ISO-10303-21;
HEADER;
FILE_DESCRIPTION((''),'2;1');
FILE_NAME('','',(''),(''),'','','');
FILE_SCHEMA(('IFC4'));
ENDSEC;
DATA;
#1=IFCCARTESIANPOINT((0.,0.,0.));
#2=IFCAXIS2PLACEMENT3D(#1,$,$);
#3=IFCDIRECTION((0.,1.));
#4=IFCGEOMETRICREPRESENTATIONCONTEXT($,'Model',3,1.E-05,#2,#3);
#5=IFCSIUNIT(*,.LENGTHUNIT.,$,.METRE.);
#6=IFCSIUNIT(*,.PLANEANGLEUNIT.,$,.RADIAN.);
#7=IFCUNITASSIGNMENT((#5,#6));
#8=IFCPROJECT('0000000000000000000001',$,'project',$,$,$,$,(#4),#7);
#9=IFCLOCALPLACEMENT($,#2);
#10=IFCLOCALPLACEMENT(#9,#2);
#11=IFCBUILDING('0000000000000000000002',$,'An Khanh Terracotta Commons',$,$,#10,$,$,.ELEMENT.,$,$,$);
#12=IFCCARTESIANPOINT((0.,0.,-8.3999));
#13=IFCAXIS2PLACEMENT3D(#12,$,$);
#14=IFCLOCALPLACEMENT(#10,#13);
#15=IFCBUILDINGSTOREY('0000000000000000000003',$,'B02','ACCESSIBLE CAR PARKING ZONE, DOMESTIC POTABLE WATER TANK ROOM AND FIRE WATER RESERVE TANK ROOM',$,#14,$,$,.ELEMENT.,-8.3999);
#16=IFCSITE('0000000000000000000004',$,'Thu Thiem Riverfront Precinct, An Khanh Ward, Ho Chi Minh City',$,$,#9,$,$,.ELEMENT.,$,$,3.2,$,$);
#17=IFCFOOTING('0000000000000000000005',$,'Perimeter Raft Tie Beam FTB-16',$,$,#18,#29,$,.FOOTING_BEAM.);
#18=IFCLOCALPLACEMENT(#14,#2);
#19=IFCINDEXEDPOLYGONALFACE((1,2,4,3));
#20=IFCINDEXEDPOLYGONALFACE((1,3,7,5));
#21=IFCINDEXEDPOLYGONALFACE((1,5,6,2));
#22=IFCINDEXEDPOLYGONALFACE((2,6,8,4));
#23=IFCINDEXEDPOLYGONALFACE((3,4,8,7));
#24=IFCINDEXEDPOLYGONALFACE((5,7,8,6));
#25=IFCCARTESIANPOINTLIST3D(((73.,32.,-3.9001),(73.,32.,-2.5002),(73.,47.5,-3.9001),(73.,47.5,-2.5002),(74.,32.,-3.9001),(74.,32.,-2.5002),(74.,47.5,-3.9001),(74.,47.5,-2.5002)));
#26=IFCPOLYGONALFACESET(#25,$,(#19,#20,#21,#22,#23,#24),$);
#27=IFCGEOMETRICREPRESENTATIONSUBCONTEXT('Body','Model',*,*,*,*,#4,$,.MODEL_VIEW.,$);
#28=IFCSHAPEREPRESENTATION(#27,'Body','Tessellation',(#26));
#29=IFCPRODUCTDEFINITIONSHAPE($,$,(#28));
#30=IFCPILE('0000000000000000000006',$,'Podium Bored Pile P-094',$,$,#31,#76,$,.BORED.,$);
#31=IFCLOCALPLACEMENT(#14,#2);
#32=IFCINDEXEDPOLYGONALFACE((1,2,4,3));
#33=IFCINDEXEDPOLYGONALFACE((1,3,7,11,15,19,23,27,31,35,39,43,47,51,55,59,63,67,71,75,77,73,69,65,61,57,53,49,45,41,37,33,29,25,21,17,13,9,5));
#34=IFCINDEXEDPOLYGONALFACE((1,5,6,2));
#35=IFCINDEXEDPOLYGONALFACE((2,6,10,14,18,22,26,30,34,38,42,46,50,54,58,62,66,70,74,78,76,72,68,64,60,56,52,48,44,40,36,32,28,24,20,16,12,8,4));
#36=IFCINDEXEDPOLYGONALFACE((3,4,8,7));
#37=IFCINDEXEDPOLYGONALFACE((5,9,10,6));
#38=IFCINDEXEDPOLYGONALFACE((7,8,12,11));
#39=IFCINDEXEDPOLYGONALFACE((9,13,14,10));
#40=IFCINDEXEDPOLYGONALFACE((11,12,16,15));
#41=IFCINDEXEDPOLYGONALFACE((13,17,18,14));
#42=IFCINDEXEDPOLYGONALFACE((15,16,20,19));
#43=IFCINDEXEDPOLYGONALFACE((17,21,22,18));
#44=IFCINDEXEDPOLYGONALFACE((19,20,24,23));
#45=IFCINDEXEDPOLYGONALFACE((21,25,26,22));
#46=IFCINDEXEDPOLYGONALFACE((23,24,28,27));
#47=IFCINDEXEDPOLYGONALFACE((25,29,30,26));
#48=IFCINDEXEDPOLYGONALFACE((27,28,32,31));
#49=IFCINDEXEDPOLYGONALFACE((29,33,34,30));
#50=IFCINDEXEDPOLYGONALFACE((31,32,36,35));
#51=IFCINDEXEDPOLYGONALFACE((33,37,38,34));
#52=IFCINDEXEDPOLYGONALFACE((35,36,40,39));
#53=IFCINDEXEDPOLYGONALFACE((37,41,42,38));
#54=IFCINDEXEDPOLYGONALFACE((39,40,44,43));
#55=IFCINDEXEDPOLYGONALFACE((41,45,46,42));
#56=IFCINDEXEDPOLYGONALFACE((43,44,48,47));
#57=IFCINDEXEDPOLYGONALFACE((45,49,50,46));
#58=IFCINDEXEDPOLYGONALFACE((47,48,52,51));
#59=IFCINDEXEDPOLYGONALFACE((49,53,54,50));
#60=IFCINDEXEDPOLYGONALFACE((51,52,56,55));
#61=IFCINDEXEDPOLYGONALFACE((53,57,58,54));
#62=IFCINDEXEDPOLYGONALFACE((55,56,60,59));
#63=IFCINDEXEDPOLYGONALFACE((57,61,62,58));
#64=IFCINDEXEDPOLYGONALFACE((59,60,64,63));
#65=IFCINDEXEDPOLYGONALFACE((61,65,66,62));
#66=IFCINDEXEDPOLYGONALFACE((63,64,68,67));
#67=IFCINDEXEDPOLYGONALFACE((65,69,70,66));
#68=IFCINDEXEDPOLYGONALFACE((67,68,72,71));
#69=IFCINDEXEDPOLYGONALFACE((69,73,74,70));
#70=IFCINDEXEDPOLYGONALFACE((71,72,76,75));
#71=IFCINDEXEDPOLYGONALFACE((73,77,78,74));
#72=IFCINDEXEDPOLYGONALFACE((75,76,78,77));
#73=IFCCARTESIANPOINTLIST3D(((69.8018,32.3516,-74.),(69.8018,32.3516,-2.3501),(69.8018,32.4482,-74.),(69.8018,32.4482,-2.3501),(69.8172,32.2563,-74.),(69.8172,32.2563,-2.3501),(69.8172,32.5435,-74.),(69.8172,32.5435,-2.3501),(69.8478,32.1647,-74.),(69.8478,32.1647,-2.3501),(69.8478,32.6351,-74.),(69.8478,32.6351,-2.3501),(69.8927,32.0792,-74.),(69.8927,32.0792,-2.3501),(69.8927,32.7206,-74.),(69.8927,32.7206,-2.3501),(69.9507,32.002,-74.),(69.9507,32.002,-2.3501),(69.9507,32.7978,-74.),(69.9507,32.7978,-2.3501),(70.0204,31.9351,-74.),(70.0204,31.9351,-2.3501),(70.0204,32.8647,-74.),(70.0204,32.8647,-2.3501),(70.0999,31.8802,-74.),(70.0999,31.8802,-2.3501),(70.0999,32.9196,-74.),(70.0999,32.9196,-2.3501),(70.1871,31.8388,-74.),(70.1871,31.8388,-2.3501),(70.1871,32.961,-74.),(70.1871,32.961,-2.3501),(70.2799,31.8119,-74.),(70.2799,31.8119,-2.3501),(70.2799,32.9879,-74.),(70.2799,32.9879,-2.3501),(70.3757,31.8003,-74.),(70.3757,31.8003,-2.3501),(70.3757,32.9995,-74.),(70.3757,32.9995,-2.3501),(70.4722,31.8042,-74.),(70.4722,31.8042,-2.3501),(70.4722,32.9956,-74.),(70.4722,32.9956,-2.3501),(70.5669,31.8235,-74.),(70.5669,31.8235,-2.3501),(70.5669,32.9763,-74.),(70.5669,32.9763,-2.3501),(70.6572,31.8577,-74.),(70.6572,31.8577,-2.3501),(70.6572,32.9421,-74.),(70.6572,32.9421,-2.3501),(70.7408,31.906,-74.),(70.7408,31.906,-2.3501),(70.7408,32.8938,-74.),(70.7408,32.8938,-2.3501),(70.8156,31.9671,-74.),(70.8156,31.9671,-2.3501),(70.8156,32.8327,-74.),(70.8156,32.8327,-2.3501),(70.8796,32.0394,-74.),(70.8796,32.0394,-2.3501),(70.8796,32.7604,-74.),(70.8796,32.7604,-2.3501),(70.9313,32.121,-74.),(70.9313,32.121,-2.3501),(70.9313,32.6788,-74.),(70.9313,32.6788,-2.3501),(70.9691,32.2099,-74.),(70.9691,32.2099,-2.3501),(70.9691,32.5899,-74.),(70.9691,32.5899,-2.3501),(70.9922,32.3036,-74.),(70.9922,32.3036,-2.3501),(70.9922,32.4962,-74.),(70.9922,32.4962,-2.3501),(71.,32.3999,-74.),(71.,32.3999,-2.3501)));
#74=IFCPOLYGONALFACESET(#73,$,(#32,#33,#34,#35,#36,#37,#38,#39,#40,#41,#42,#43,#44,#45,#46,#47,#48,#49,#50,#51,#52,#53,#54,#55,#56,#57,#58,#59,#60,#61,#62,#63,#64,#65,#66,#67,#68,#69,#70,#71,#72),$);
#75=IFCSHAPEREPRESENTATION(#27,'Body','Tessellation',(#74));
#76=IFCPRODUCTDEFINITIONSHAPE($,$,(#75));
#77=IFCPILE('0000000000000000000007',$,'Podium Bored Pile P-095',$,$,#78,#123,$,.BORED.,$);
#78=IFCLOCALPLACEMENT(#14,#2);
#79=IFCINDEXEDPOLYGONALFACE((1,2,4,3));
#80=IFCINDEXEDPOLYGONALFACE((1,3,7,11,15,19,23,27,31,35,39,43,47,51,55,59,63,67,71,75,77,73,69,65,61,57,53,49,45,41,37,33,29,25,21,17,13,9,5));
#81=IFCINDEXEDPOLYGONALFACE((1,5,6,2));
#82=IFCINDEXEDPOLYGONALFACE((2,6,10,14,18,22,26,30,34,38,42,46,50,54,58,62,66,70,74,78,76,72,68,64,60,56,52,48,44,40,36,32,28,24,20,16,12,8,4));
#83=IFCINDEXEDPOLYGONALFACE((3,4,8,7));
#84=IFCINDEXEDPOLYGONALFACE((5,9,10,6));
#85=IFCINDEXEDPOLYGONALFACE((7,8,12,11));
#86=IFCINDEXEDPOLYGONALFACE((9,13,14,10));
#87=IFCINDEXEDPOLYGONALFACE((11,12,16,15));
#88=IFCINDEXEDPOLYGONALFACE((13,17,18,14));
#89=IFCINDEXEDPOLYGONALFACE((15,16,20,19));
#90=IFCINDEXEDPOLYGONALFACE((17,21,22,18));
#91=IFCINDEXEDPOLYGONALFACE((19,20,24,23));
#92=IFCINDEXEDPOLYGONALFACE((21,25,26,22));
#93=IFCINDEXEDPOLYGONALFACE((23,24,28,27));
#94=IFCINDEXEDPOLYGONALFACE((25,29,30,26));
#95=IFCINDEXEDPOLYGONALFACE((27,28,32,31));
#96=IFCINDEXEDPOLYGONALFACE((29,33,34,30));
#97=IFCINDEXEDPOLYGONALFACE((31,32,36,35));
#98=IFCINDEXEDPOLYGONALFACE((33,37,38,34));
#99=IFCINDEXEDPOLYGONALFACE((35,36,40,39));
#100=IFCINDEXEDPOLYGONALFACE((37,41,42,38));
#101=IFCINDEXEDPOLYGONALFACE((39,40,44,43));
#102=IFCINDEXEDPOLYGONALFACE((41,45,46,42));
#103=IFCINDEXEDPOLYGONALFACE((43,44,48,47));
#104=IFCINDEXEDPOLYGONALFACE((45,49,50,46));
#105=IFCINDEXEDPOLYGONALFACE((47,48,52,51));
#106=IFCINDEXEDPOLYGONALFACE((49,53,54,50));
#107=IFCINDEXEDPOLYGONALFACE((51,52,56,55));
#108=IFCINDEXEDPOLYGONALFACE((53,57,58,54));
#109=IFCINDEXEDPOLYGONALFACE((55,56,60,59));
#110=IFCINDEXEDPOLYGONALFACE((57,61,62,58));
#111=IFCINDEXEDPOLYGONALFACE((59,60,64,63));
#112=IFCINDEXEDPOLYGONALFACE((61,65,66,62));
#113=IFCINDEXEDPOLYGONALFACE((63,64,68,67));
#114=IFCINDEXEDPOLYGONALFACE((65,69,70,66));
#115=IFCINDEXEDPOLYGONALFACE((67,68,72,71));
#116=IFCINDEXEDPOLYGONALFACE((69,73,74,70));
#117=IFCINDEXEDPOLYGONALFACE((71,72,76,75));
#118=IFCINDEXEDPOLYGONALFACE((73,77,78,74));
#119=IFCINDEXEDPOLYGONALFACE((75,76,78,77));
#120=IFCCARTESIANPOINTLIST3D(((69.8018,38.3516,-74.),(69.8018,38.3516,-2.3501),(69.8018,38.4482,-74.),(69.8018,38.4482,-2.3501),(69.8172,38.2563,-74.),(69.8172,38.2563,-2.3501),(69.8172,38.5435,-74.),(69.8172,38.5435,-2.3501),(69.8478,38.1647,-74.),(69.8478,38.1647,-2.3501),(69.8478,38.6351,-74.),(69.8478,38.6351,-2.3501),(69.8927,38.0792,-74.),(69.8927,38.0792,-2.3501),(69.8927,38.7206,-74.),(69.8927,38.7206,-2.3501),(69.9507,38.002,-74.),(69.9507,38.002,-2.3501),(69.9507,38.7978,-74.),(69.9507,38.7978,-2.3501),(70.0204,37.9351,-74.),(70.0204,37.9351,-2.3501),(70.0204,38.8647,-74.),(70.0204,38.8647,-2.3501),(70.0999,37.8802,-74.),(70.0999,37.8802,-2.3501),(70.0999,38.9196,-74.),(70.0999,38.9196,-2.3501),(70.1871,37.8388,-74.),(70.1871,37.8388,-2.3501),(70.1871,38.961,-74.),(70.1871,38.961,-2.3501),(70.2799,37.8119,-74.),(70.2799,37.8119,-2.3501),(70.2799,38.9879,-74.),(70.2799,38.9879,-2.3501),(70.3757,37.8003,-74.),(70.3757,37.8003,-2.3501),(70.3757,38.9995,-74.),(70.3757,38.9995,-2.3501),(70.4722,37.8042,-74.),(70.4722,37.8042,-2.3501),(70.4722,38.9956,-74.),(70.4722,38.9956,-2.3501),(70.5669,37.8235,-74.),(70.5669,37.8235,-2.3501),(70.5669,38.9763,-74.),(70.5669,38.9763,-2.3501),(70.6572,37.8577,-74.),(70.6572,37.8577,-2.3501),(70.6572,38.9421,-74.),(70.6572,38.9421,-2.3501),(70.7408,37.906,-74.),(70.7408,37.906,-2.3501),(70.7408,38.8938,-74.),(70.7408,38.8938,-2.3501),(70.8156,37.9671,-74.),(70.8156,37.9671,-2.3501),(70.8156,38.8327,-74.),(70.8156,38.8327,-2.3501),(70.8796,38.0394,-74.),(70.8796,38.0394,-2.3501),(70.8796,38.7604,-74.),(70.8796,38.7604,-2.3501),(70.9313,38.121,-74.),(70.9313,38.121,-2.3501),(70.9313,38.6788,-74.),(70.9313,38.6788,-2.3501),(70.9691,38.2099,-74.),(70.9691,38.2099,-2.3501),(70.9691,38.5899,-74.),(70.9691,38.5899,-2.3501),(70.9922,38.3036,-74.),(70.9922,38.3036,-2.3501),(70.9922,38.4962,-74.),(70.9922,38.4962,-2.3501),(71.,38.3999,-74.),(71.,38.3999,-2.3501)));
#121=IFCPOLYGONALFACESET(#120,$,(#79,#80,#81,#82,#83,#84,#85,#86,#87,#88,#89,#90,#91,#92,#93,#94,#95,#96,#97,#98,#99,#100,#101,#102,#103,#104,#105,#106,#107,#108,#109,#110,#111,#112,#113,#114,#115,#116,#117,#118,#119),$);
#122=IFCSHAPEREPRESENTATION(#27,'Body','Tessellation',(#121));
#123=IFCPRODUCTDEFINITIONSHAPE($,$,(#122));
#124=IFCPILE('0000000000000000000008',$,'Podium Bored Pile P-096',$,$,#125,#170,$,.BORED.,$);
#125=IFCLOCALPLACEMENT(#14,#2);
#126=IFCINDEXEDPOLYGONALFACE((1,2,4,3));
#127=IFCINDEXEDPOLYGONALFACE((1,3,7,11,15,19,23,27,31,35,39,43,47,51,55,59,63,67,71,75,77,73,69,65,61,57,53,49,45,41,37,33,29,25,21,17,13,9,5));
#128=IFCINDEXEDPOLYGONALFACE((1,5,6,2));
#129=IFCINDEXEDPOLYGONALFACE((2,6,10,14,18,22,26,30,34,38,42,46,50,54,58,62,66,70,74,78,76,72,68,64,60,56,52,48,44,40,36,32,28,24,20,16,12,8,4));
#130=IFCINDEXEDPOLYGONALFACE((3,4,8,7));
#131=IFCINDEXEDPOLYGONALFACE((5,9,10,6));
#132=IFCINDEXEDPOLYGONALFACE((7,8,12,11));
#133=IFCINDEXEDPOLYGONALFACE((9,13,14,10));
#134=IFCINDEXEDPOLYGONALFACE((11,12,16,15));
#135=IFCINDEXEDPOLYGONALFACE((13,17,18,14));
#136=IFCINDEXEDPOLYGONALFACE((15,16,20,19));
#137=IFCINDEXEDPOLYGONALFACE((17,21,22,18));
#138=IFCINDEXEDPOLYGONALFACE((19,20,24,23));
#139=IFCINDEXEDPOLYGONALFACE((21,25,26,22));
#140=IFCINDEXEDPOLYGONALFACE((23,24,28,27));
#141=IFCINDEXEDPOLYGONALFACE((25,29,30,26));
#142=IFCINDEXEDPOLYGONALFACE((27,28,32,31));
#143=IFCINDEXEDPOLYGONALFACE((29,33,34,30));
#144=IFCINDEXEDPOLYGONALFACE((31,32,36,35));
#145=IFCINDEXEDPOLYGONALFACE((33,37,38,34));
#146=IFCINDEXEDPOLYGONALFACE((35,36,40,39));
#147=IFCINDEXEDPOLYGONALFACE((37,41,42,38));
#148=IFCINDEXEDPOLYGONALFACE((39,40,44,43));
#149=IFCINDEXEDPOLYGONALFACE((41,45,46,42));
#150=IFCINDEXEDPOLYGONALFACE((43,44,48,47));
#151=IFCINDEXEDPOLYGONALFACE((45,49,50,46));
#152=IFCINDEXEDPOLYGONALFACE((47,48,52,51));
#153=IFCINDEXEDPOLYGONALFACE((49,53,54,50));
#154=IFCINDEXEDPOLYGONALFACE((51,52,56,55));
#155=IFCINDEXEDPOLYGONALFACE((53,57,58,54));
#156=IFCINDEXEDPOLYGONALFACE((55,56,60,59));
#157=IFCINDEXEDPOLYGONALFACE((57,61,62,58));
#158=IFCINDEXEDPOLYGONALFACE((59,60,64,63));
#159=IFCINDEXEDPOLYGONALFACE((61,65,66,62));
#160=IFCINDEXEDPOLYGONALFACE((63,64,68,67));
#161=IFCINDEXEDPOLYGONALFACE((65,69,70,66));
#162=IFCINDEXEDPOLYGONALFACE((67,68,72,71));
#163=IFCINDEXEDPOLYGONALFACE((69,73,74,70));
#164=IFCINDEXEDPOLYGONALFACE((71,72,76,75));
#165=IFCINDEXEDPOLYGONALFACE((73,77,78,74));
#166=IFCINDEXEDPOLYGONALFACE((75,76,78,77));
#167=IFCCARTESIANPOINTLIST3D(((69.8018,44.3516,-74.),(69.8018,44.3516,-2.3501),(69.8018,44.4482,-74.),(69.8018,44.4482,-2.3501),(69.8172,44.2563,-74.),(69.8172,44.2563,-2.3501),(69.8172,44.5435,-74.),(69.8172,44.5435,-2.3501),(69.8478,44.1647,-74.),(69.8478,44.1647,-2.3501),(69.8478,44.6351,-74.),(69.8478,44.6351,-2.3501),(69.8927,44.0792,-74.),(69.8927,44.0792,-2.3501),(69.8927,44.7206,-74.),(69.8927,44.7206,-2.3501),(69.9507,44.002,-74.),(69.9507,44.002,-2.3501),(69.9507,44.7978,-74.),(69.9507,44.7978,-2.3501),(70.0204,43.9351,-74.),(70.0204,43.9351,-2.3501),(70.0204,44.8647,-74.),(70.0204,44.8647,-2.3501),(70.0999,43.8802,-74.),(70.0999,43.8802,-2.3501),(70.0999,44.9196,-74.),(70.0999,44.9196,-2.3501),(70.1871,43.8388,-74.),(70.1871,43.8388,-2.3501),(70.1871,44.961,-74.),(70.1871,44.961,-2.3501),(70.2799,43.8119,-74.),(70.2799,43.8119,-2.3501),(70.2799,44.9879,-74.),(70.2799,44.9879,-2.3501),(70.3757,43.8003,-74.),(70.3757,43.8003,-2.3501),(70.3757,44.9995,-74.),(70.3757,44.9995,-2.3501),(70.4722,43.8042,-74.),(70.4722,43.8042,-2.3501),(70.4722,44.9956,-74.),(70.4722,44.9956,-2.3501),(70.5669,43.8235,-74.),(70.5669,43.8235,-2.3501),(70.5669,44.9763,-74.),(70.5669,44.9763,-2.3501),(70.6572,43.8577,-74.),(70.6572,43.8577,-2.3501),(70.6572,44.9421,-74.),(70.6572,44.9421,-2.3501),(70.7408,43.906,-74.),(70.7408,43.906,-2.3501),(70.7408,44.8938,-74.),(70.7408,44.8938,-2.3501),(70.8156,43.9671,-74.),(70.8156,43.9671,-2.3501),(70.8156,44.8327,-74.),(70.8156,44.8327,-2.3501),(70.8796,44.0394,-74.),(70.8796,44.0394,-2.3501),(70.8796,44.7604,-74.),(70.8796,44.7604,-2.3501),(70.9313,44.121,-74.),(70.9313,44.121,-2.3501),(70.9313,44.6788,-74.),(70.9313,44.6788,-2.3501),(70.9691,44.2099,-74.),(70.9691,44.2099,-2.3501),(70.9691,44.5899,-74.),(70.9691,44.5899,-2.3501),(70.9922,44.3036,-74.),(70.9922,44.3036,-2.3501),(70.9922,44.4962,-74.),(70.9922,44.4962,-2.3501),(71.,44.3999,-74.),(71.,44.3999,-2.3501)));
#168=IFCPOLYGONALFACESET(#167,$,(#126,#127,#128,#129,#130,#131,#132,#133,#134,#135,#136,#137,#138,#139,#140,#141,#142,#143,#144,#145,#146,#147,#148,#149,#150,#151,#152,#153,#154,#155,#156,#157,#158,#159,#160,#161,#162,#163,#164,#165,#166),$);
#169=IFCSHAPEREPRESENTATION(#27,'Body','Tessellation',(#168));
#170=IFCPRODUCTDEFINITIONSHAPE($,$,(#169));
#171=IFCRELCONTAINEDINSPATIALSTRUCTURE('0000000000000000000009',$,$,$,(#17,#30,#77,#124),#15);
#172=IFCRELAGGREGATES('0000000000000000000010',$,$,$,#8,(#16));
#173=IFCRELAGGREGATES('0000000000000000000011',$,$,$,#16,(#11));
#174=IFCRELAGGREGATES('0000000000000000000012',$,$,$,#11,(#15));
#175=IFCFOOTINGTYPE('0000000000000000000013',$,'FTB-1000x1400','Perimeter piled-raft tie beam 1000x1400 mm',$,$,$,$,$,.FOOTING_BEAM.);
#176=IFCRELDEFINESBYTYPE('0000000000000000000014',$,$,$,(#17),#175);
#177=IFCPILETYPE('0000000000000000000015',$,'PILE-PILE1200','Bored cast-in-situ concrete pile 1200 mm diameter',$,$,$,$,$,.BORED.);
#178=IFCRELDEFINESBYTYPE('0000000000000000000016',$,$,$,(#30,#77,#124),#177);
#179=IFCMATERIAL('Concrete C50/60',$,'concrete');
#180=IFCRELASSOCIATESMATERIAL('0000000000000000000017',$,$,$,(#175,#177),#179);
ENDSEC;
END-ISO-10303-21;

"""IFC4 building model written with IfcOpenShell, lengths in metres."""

from ifc_helpers import new_model, si_unit, direction, frame, origin, origin_2d, place, context, subcontext, project, spatial, rectangle, circle, extrude, material, material_profile, profile_set, type_object, element, save


model = new_model("IFC4")

# Units and contexts
model_context = context("Model", 3, precision=1e-05, world=origin(), true_north=direction((0.0, 1.0)))
body_context = subcontext(model_context, "Body", "Model", "MODEL_VIEW")
ifc_project = project(units=[si_unit("LENGTHUNIT", "METRE"), si_unit("PLANEANGLEUNIT", "RADIAN")], contexts=[model_context])

# Site, building, storey
site_placement = place(None, origin())
site = spatial("IfcSite", under=ifc_project, at=site_placement, Name="Thu Thiem Riverfront Precinct, An Khanh Ward, Ho Chi Minh City", CompositionType="ELEMENT", RefElevation=3.2)
building_placement = place(site_placement, origin())
building = spatial("IfcBuilding", under=site, at=building_placement, Name="An Khanh Terracotta Commons", CompositionType="ELEMENT")
storey_placement = place(building_placement, frame((0.0, 0.0, -8.3999)))
storey = spatial("IfcBuildingStorey", under=building, at=storey_placement, Name="B02", Description="ACCESSIBLE CAR PARKING ZONE, DOMESTIC POTABLE WATER TANK ROOM AND FIRE WATER RESERVE TANK ROOM", CompositionType="ELEMENT", Elevation=-8.3999)

# Footing
ifc_material_1 = material(Name="Concrete C50/60", Category="concrete")
ifc_material_profile_1 = material_profile(ifc_material_1, rectangle(XDim=1.0, YDim=1.3999, at=origin_2d()), Name="FTB1000x1400")
ifc_profile_set_1 = profile_set([ifc_material_profile_1], Name="Concrete C50/60")
footing_type = type_object("IfcFootingType", Name="FTB-1000x1400", Description="Perimeter piled-raft tie beam 1000x1400 mm", PredefinedType="FOOTING_BEAM", material=ifc_profile_set_1)
footing_placement = place(storey_placement, frame((73.5, 32.0, -3.2002), z_axis=(0.0, 1.0, 0.0), x_axis=(-1.0, 0.0, 0.0)))
element("IfcFooting", 1, at=footing_placement, inside=storey, type_object=footing_type, Name="Perimeter Raft Tie Beam FTB-16", PredefinedType="FOOTING_BEAM", context=body_context, shape_type="SweptSolid", body=[
    extrude(rectangle(XDim=1.0, YDim=1.3999, at=origin_2d()), origin(), (0.0, 0.0, 1.0), 15.5),
])

# Piles
ifc_material_profile_2 = material_profile(ifc_material_1, circle(Radius=0.6001, at=origin_2d()), Name="PILE1200")
ifc_profile_set_2 = profile_set([ifc_material_profile_2], Name="Concrete C50/60")
pile_type_1 = type_object("IfcPileType", Name="PILE-PILE1200", Description="Bored cast-in-situ concrete pile 1200 mm diameter", PredefinedType="BORED", material=ifc_profile_set_2)
for number, where, z_axis, x_axis, name in (
    (2, (70.3999, 32.3999, -2.3501), (0.0, 0.0, -1.0), (1.0, 0.0, 0.0), "Podium Bored Pile P-094"),
    (3, (70.3999, 38.3999, -2.3501), (0.0, 0.0, -1.0), (1.0, 0.0, 0.0), "Podium Bored Pile P-095"),
    (4, (70.3999, 44.3999, -2.3501), (0.0, 0.0, -1.0), (1.0, 0.0, 0.0), "Podium Bored Pile P-096"),
):
    element("IfcPile", number, at=place(storey_placement, frame(where, z_axis=z_axis, x_axis=x_axis)), inside=storey, type_object=pile_type_1, Name=name, PredefinedType="BORED", context=body_context, shape_type="SweptSolid", body=[
        extrude(circle(Radius=0.6001, at=origin_2d()), origin(), (0.0, 0.0, 1.0), 71.6499),
    ])

save(model, "model.ifc")
